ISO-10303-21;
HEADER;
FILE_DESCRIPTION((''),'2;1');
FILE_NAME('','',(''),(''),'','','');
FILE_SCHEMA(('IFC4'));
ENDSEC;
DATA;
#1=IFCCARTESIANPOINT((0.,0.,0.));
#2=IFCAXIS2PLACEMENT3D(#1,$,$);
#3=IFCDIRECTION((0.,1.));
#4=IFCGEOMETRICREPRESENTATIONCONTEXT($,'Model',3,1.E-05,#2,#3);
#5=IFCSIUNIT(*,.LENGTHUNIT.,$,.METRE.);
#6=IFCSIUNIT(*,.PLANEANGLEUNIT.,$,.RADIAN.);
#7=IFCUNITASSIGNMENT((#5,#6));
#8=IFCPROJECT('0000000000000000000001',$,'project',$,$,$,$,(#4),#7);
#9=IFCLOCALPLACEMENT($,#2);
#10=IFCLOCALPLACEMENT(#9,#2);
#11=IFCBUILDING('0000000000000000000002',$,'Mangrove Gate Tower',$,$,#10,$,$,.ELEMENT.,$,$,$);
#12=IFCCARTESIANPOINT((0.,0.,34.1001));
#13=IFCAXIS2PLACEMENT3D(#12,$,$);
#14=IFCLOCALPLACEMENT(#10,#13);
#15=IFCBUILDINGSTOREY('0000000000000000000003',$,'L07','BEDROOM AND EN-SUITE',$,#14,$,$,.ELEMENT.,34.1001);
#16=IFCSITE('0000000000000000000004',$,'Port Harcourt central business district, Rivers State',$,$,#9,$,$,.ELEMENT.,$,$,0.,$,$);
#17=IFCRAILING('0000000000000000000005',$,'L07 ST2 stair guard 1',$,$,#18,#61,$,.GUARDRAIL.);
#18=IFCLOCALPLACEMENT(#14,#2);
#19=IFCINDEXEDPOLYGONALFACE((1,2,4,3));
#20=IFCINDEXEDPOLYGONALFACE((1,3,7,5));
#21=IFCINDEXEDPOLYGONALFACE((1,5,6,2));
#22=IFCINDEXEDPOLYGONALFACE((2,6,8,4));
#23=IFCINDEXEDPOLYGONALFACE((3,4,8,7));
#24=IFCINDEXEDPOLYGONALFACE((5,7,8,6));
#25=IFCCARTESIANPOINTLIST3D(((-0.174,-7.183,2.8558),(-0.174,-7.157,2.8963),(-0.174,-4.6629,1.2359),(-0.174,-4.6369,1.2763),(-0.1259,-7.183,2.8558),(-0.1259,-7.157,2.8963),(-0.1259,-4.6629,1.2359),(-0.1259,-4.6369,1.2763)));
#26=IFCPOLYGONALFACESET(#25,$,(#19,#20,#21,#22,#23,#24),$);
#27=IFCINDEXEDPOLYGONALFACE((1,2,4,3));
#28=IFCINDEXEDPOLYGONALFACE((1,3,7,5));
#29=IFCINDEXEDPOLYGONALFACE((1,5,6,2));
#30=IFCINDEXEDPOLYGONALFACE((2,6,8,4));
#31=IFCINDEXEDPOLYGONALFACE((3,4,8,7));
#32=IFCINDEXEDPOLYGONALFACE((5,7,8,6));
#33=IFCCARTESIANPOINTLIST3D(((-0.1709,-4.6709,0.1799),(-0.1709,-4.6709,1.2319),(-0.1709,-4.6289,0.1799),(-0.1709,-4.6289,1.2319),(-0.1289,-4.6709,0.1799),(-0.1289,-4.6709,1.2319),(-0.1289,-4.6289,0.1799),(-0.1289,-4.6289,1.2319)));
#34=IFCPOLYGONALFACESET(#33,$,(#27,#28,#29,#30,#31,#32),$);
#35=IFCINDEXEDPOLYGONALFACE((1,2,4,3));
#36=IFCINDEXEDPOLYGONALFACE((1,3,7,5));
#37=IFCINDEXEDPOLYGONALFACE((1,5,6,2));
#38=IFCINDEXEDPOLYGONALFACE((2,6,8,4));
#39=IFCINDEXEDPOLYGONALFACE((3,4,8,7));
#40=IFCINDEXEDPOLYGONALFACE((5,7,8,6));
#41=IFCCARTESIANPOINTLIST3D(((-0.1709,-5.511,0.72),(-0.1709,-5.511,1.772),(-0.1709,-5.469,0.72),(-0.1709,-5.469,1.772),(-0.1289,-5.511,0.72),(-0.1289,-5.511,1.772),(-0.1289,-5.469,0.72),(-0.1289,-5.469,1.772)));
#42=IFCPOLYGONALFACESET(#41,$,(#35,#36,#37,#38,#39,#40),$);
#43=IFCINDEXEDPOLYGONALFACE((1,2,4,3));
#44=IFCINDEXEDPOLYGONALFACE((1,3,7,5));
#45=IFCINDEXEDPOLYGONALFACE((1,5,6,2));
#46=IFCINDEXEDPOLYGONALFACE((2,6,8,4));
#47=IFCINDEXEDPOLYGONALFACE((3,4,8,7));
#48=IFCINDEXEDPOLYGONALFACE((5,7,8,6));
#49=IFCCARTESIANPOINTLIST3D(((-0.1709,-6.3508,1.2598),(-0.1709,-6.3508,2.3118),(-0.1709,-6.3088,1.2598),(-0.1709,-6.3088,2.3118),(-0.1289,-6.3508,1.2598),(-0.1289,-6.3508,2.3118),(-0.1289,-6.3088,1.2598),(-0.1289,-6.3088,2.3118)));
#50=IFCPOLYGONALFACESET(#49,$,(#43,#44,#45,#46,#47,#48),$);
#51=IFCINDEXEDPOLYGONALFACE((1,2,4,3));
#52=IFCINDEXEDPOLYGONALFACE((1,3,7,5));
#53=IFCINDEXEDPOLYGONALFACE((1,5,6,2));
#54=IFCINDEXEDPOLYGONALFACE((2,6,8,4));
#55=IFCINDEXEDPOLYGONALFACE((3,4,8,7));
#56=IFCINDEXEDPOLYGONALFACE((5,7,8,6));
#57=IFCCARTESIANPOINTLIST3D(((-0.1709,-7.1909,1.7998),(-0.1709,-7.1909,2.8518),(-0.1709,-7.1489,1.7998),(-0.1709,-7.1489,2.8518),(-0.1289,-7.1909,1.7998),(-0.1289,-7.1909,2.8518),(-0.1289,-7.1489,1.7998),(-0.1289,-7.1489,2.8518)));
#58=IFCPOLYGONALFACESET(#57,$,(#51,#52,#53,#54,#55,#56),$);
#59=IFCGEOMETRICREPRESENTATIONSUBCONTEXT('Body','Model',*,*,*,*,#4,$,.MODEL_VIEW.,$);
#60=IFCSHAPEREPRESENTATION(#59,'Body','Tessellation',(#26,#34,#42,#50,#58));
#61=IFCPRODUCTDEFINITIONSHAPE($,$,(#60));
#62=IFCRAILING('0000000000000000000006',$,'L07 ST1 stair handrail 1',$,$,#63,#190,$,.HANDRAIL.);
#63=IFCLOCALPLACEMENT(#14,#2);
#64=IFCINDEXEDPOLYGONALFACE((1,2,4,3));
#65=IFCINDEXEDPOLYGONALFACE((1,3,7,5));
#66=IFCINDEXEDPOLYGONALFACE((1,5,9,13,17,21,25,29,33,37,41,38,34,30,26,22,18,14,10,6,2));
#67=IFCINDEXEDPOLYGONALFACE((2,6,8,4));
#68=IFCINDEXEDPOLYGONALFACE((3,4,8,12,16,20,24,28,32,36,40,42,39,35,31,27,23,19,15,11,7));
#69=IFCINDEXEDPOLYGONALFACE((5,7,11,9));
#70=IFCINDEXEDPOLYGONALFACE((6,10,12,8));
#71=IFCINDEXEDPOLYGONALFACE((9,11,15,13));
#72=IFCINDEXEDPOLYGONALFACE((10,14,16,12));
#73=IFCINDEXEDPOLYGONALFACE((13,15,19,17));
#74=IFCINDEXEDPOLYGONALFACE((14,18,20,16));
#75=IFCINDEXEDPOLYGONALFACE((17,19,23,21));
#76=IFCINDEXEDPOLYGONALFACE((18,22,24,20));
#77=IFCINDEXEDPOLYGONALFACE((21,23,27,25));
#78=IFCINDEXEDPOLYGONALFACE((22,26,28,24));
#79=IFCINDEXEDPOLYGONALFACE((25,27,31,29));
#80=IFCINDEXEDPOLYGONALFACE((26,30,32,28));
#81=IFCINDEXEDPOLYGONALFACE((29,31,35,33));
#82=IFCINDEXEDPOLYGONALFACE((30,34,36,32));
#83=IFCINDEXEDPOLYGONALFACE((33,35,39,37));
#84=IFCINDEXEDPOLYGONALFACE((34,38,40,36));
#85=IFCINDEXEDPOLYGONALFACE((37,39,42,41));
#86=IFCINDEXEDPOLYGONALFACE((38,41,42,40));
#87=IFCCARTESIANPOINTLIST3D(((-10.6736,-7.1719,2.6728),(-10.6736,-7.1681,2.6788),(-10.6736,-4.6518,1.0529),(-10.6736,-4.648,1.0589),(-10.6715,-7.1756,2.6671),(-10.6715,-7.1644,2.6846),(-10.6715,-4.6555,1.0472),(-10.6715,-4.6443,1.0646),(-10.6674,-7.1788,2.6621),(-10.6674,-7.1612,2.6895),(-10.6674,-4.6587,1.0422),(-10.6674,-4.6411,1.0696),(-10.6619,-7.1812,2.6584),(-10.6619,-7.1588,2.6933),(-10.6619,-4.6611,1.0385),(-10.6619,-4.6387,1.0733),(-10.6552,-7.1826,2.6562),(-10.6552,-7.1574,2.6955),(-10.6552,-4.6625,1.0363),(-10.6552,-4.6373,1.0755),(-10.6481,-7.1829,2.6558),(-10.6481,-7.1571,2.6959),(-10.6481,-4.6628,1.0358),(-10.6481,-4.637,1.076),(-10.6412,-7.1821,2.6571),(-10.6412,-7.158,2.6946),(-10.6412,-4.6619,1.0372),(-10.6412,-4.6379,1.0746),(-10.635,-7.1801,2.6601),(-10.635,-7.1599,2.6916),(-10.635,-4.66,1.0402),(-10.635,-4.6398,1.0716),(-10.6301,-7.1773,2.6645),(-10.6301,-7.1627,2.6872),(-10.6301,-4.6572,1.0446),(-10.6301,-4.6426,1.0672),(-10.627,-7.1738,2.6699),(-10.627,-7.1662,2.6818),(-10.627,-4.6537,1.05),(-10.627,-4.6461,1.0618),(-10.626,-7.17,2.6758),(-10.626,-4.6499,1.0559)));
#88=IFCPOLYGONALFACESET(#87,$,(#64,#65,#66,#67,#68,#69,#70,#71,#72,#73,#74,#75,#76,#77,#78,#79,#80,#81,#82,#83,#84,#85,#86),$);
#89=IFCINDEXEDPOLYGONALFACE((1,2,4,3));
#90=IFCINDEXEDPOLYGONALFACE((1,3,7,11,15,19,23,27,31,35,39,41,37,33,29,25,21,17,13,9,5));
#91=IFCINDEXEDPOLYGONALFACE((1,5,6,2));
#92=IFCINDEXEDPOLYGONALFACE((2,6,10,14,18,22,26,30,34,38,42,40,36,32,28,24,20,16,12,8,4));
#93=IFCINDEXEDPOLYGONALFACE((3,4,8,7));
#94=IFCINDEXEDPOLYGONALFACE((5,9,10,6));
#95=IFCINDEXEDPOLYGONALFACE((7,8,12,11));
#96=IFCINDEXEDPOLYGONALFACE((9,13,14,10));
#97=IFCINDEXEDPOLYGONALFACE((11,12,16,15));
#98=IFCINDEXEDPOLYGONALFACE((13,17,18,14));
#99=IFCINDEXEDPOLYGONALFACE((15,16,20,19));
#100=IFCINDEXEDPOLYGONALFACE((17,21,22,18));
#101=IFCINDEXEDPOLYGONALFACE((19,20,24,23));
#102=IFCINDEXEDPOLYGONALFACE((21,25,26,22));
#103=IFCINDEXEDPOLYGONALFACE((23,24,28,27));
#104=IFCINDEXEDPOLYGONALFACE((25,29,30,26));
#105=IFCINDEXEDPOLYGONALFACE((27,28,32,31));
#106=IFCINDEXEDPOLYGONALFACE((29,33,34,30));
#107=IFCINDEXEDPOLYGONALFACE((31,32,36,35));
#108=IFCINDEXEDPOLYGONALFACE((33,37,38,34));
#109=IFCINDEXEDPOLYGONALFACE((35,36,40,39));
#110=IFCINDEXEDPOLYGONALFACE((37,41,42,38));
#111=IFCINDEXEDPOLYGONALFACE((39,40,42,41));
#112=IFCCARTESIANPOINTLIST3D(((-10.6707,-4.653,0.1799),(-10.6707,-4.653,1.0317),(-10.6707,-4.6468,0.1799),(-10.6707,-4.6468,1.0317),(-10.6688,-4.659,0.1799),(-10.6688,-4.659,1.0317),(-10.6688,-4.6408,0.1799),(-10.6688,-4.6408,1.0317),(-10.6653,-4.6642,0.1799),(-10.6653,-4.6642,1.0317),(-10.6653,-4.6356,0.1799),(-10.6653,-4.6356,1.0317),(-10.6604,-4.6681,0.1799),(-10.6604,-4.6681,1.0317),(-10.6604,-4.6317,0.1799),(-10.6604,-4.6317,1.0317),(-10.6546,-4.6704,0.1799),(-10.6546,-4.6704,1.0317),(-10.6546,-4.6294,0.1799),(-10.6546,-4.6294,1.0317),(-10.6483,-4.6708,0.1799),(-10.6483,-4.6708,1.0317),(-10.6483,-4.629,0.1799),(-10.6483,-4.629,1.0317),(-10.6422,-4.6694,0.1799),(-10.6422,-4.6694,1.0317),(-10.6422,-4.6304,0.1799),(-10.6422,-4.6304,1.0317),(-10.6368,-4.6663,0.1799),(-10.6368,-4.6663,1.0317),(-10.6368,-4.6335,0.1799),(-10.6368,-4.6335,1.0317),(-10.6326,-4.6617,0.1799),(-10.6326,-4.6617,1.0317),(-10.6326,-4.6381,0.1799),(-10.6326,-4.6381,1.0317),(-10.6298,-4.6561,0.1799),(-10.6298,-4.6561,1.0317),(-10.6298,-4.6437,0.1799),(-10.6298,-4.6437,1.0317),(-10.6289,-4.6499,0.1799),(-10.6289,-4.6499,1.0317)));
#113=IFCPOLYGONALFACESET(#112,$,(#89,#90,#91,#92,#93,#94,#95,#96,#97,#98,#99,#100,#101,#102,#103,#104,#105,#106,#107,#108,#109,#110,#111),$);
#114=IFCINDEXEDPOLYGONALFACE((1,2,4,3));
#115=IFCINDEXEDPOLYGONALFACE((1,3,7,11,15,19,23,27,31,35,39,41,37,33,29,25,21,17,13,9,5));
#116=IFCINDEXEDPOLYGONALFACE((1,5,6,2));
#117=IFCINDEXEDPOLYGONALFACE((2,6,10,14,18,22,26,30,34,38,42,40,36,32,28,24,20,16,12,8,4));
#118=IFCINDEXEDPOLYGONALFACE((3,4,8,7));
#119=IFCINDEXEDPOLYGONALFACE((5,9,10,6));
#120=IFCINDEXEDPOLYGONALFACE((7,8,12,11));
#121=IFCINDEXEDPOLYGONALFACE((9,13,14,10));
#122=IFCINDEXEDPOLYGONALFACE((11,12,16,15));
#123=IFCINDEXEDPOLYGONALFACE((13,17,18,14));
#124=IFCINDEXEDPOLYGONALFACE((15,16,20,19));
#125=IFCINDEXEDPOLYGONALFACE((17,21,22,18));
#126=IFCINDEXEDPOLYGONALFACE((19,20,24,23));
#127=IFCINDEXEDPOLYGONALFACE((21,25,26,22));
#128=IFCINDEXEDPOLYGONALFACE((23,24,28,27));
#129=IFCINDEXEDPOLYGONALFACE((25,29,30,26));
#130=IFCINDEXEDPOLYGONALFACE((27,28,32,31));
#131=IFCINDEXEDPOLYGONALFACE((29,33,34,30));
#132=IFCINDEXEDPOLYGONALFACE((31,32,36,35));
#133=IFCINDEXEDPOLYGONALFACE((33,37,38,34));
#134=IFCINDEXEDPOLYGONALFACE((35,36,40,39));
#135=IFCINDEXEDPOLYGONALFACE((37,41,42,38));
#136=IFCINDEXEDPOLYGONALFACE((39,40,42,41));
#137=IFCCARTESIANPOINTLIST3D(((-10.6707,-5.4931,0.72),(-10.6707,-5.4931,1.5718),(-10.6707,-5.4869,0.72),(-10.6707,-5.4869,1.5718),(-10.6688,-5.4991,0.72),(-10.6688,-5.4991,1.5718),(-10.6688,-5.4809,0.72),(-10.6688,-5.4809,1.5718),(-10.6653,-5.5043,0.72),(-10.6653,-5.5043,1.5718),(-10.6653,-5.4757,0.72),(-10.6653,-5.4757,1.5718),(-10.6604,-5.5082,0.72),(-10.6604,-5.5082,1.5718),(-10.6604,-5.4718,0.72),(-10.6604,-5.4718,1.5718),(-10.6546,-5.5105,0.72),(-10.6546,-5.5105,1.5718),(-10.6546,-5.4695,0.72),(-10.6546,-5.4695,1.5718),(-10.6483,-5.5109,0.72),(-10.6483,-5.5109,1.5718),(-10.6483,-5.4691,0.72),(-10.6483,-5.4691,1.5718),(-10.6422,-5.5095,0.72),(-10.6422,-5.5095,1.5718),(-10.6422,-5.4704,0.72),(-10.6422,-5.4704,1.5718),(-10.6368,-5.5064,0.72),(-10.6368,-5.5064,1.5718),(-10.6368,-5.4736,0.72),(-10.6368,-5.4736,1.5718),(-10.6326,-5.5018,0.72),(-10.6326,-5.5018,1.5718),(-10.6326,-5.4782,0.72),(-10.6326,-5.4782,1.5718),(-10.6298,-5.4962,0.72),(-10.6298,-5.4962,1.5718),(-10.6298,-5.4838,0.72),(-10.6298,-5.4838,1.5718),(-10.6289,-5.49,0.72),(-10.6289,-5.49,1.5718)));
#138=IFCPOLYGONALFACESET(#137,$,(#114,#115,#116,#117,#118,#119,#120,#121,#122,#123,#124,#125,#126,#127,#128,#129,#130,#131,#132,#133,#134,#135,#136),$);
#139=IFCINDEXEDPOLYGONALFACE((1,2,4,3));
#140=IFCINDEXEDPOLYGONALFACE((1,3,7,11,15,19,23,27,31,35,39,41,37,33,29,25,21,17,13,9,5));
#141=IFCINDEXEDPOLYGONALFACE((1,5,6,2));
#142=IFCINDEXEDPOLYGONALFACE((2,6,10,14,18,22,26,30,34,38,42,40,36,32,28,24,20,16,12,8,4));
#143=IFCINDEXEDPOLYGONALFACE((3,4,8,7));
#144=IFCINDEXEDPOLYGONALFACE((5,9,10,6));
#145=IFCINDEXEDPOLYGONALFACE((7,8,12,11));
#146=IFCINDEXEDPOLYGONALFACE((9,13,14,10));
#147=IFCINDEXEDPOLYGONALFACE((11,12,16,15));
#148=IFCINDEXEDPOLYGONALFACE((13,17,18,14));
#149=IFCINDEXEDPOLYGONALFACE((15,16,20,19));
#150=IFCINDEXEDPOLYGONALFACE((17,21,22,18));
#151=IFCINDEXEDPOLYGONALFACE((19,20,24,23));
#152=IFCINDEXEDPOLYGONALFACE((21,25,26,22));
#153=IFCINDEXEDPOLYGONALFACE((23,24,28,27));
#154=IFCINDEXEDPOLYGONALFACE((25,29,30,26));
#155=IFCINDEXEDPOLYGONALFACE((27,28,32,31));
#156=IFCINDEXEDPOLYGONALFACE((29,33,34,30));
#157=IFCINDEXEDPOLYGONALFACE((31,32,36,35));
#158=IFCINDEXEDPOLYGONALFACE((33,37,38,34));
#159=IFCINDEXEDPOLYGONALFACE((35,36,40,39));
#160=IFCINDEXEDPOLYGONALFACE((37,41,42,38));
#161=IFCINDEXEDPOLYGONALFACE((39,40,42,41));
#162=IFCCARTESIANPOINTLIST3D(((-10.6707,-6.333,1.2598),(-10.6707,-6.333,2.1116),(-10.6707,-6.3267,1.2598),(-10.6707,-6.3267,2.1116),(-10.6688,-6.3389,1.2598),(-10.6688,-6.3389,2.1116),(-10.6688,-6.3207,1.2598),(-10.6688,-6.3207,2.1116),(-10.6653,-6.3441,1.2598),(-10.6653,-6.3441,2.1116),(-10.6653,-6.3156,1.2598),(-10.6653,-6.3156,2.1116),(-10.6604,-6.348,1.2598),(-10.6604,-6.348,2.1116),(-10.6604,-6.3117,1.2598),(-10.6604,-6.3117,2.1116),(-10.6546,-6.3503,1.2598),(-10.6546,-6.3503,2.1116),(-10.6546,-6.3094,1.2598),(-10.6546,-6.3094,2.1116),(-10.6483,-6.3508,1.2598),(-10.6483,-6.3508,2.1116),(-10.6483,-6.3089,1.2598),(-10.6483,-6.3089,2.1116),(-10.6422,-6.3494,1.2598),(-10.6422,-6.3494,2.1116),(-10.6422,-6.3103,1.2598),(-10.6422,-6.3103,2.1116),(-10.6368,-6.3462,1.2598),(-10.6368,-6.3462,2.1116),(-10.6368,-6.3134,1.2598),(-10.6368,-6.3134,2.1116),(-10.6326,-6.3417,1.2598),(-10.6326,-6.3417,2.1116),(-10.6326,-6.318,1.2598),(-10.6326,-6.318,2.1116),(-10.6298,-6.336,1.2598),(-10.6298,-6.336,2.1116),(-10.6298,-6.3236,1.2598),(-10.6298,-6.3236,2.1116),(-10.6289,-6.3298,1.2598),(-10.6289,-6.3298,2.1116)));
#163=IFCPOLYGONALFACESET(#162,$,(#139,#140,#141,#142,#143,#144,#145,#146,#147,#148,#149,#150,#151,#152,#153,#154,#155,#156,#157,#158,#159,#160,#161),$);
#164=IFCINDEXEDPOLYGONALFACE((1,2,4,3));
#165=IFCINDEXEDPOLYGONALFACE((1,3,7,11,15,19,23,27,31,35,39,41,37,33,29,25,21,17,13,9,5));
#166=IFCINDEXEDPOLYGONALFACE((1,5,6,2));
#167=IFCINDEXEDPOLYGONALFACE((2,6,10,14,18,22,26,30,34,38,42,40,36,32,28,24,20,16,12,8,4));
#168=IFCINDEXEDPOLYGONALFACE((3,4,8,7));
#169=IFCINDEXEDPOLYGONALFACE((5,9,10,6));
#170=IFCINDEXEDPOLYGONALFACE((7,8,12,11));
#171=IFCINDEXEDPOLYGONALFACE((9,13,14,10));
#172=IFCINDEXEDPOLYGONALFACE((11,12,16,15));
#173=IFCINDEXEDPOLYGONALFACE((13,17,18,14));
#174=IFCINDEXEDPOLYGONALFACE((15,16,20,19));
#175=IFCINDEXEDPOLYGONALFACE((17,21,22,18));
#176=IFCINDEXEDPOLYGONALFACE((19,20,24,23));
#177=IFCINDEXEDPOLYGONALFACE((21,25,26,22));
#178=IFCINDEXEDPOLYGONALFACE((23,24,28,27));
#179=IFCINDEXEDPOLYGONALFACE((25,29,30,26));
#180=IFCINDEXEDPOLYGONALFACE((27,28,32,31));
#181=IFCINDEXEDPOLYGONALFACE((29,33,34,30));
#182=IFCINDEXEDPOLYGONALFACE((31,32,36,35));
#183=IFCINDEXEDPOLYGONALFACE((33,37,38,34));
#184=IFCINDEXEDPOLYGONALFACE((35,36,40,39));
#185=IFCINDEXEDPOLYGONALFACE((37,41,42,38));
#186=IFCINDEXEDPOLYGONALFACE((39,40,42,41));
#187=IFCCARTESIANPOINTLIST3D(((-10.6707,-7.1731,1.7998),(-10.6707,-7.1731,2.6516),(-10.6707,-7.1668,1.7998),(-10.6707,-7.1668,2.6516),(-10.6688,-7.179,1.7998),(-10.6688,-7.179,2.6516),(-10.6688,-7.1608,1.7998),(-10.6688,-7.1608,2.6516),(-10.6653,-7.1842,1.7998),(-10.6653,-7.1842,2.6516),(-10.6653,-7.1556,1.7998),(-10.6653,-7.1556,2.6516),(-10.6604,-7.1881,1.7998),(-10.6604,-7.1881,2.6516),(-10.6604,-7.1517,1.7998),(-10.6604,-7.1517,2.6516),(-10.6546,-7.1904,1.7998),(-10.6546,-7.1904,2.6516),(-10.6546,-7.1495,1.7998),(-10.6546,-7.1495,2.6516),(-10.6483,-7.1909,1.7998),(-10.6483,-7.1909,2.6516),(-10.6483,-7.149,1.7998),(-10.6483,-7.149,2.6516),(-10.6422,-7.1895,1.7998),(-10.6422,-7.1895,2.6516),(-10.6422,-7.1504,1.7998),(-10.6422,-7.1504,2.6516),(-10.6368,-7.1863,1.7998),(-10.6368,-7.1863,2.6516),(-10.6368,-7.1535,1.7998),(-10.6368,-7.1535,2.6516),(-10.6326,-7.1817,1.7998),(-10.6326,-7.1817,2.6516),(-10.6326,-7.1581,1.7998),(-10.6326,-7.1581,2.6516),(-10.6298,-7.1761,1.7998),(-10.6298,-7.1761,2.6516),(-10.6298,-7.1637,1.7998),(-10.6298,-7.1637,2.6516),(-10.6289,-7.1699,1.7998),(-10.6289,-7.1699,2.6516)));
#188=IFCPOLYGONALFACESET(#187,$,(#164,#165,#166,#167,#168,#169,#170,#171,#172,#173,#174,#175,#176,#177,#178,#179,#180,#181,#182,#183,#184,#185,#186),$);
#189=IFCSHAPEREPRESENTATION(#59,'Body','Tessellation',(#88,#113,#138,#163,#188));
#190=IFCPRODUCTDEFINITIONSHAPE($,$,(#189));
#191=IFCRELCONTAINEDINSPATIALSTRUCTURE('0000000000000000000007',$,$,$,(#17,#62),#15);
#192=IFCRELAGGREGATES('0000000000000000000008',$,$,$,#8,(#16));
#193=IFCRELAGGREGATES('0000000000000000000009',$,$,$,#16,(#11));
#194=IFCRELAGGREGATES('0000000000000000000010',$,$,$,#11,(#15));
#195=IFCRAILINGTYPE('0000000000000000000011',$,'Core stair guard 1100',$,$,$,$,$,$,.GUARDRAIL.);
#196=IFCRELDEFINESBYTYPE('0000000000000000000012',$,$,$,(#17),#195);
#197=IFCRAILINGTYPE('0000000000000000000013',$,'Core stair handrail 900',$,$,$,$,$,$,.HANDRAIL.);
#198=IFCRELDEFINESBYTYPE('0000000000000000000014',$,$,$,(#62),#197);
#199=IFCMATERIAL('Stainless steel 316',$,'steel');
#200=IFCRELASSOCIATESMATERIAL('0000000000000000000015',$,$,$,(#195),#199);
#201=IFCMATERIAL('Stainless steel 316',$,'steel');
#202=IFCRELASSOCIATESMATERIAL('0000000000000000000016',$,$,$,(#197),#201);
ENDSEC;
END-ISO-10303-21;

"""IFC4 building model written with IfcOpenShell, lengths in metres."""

from ifc_helpers import new_model, si_unit, direction, frame, origin, origin_2d, place, context, subcontext, project, spatial, rectangle, circle, extrude, material, type_object, element, save


model = new_model("IFC4")

# Units and contexts
model_context = context("Model", 3, precision=1e-05, world=origin(), true_north=direction((0.0, 1.0)))
body_context = subcontext(model_context, "Body", "Model", "MODEL_VIEW")
ifc_project = project(units=[si_unit("LENGTHUNIT", "METRE"), si_unit("PLANEANGLEUNIT", "RADIAN")], contexts=[model_context])

# Site, building, storey
site_placement = place(None, origin())
site = spatial("IfcSite", under=ifc_project, at=site_placement, Name="Port Harcourt central business district, Rivers State", CompositionType="ELEMENT", RefElevation=0.0)
building_placement = place(site_placement, origin())
building = spatial("IfcBuilding", under=site, at=building_placement, Name="Mangrove Gate Tower", CompositionType="ELEMENT")
storey_placement = place(building_placement, frame((0.0, 0.0, 34.1001)))
storey = spatial("IfcBuildingStorey", under=building, at=storey_placement, Name="L07", Description="BEDROOM AND EN-SUITE", CompositionType="ELEMENT", Elevation=34.1001)

# Railings
ifc_material_1 = material(Name="Stainless steel 316", Category="steel")
railing_type_1 = type_object("IfcRailingType", Name="Core stair guard 1100", PredefinedType="GUARDRAIL", material=ifc_material_1)
railing_1_placement = place(storey_placement, frame((-0.1499, -4.6499, 0.1799)))
element("IfcRailing", 1, at=railing_1_placement, inside=storey, type_object=railing_type_1, Name="L07 ST2 stair guard 1", PredefinedType="GUARDRAIL", context=body_context, shape_type="SweptSolid", body=[
    extrude(rectangle(XDim=0.0481, YDim=0.0481, at=origin_2d()), frame((0.0, 0.0, 1.0762), z_axis=(0.0, -0.8412, 0.540725), x_axis=(1.0, 0.0, 0.0)), (0.0, 0.0, 1.0), 2.9958),
    extrude(rectangle(XDim=0.042, YDim=0.042, at=origin_2d()), origin(), (0.0, 0.0, 1.0), 1.052),
    extrude(rectangle(XDim=0.042, YDim=0.042, at=origin_2d()), frame((0.0, -0.8401, 0.54)), (0.0, 0.0, 1.0), 1.052),
    extrude(rectangle(XDim=0.042, YDim=0.042, at=origin_2d()), frame((0.0, -1.6799, 1.0798)), (0.0, 0.0, 1.0), 1.052),
    extrude(rectangle(XDim=0.042, YDim=0.042, at=origin_2d()), frame((0.0, -2.52, 1.6199)), (0.0, 0.0, 1.0), 1.052),
])
ifc_material_2 = material(Name="Stainless steel 316", Category="steel")
railing_type_2 = type_object("IfcRailingType", Name="Core stair handrail 900", PredefinedType="HANDRAIL", material=ifc_material_2)
railing_2_placement = place(storey_placement, frame((-10.6499, -4.6499, 0.1799)))
element("IfcRailing", 2, at=railing_2_placement, inside=storey, type_object=railing_type_2, Name="L07 ST1 stair handrail 1", PredefinedType="HANDRAIL", context=body_context, shape_type="SweptSolid", body=[
    extrude(circle(Radius=0.0239, at=origin_2d()), frame((0.0, 0.0, 0.876), z_axis=(0.0, -0.8412, 0.540725), x_axis=(1.0, 0.0, 0.0)), (0.0, 0.0, 1.0), 2.9958),
    extrude(circle(Radius=0.021, at=origin_2d()), origin(), (0.0, 0.0, 1.0), 0.8518),
    extrude(circle(Radius=0.021, at=origin_2d()), frame((0.0, -0.8401, 0.54)), (0.0, 0.0, 1.0), 0.8518),
    extrude(circle(Radius=0.021, at=origin_2d()), frame((0.0, -1.6799, 1.0798)), (0.0, 0.0, 1.0), 0.8518),
    extrude(circle(Radius=0.021, at=origin_2d()), frame((0.0, -2.52, 1.6199)), (0.0, 0.0, 1.0), 0.8518),
])

save(model, "model.ifc")
